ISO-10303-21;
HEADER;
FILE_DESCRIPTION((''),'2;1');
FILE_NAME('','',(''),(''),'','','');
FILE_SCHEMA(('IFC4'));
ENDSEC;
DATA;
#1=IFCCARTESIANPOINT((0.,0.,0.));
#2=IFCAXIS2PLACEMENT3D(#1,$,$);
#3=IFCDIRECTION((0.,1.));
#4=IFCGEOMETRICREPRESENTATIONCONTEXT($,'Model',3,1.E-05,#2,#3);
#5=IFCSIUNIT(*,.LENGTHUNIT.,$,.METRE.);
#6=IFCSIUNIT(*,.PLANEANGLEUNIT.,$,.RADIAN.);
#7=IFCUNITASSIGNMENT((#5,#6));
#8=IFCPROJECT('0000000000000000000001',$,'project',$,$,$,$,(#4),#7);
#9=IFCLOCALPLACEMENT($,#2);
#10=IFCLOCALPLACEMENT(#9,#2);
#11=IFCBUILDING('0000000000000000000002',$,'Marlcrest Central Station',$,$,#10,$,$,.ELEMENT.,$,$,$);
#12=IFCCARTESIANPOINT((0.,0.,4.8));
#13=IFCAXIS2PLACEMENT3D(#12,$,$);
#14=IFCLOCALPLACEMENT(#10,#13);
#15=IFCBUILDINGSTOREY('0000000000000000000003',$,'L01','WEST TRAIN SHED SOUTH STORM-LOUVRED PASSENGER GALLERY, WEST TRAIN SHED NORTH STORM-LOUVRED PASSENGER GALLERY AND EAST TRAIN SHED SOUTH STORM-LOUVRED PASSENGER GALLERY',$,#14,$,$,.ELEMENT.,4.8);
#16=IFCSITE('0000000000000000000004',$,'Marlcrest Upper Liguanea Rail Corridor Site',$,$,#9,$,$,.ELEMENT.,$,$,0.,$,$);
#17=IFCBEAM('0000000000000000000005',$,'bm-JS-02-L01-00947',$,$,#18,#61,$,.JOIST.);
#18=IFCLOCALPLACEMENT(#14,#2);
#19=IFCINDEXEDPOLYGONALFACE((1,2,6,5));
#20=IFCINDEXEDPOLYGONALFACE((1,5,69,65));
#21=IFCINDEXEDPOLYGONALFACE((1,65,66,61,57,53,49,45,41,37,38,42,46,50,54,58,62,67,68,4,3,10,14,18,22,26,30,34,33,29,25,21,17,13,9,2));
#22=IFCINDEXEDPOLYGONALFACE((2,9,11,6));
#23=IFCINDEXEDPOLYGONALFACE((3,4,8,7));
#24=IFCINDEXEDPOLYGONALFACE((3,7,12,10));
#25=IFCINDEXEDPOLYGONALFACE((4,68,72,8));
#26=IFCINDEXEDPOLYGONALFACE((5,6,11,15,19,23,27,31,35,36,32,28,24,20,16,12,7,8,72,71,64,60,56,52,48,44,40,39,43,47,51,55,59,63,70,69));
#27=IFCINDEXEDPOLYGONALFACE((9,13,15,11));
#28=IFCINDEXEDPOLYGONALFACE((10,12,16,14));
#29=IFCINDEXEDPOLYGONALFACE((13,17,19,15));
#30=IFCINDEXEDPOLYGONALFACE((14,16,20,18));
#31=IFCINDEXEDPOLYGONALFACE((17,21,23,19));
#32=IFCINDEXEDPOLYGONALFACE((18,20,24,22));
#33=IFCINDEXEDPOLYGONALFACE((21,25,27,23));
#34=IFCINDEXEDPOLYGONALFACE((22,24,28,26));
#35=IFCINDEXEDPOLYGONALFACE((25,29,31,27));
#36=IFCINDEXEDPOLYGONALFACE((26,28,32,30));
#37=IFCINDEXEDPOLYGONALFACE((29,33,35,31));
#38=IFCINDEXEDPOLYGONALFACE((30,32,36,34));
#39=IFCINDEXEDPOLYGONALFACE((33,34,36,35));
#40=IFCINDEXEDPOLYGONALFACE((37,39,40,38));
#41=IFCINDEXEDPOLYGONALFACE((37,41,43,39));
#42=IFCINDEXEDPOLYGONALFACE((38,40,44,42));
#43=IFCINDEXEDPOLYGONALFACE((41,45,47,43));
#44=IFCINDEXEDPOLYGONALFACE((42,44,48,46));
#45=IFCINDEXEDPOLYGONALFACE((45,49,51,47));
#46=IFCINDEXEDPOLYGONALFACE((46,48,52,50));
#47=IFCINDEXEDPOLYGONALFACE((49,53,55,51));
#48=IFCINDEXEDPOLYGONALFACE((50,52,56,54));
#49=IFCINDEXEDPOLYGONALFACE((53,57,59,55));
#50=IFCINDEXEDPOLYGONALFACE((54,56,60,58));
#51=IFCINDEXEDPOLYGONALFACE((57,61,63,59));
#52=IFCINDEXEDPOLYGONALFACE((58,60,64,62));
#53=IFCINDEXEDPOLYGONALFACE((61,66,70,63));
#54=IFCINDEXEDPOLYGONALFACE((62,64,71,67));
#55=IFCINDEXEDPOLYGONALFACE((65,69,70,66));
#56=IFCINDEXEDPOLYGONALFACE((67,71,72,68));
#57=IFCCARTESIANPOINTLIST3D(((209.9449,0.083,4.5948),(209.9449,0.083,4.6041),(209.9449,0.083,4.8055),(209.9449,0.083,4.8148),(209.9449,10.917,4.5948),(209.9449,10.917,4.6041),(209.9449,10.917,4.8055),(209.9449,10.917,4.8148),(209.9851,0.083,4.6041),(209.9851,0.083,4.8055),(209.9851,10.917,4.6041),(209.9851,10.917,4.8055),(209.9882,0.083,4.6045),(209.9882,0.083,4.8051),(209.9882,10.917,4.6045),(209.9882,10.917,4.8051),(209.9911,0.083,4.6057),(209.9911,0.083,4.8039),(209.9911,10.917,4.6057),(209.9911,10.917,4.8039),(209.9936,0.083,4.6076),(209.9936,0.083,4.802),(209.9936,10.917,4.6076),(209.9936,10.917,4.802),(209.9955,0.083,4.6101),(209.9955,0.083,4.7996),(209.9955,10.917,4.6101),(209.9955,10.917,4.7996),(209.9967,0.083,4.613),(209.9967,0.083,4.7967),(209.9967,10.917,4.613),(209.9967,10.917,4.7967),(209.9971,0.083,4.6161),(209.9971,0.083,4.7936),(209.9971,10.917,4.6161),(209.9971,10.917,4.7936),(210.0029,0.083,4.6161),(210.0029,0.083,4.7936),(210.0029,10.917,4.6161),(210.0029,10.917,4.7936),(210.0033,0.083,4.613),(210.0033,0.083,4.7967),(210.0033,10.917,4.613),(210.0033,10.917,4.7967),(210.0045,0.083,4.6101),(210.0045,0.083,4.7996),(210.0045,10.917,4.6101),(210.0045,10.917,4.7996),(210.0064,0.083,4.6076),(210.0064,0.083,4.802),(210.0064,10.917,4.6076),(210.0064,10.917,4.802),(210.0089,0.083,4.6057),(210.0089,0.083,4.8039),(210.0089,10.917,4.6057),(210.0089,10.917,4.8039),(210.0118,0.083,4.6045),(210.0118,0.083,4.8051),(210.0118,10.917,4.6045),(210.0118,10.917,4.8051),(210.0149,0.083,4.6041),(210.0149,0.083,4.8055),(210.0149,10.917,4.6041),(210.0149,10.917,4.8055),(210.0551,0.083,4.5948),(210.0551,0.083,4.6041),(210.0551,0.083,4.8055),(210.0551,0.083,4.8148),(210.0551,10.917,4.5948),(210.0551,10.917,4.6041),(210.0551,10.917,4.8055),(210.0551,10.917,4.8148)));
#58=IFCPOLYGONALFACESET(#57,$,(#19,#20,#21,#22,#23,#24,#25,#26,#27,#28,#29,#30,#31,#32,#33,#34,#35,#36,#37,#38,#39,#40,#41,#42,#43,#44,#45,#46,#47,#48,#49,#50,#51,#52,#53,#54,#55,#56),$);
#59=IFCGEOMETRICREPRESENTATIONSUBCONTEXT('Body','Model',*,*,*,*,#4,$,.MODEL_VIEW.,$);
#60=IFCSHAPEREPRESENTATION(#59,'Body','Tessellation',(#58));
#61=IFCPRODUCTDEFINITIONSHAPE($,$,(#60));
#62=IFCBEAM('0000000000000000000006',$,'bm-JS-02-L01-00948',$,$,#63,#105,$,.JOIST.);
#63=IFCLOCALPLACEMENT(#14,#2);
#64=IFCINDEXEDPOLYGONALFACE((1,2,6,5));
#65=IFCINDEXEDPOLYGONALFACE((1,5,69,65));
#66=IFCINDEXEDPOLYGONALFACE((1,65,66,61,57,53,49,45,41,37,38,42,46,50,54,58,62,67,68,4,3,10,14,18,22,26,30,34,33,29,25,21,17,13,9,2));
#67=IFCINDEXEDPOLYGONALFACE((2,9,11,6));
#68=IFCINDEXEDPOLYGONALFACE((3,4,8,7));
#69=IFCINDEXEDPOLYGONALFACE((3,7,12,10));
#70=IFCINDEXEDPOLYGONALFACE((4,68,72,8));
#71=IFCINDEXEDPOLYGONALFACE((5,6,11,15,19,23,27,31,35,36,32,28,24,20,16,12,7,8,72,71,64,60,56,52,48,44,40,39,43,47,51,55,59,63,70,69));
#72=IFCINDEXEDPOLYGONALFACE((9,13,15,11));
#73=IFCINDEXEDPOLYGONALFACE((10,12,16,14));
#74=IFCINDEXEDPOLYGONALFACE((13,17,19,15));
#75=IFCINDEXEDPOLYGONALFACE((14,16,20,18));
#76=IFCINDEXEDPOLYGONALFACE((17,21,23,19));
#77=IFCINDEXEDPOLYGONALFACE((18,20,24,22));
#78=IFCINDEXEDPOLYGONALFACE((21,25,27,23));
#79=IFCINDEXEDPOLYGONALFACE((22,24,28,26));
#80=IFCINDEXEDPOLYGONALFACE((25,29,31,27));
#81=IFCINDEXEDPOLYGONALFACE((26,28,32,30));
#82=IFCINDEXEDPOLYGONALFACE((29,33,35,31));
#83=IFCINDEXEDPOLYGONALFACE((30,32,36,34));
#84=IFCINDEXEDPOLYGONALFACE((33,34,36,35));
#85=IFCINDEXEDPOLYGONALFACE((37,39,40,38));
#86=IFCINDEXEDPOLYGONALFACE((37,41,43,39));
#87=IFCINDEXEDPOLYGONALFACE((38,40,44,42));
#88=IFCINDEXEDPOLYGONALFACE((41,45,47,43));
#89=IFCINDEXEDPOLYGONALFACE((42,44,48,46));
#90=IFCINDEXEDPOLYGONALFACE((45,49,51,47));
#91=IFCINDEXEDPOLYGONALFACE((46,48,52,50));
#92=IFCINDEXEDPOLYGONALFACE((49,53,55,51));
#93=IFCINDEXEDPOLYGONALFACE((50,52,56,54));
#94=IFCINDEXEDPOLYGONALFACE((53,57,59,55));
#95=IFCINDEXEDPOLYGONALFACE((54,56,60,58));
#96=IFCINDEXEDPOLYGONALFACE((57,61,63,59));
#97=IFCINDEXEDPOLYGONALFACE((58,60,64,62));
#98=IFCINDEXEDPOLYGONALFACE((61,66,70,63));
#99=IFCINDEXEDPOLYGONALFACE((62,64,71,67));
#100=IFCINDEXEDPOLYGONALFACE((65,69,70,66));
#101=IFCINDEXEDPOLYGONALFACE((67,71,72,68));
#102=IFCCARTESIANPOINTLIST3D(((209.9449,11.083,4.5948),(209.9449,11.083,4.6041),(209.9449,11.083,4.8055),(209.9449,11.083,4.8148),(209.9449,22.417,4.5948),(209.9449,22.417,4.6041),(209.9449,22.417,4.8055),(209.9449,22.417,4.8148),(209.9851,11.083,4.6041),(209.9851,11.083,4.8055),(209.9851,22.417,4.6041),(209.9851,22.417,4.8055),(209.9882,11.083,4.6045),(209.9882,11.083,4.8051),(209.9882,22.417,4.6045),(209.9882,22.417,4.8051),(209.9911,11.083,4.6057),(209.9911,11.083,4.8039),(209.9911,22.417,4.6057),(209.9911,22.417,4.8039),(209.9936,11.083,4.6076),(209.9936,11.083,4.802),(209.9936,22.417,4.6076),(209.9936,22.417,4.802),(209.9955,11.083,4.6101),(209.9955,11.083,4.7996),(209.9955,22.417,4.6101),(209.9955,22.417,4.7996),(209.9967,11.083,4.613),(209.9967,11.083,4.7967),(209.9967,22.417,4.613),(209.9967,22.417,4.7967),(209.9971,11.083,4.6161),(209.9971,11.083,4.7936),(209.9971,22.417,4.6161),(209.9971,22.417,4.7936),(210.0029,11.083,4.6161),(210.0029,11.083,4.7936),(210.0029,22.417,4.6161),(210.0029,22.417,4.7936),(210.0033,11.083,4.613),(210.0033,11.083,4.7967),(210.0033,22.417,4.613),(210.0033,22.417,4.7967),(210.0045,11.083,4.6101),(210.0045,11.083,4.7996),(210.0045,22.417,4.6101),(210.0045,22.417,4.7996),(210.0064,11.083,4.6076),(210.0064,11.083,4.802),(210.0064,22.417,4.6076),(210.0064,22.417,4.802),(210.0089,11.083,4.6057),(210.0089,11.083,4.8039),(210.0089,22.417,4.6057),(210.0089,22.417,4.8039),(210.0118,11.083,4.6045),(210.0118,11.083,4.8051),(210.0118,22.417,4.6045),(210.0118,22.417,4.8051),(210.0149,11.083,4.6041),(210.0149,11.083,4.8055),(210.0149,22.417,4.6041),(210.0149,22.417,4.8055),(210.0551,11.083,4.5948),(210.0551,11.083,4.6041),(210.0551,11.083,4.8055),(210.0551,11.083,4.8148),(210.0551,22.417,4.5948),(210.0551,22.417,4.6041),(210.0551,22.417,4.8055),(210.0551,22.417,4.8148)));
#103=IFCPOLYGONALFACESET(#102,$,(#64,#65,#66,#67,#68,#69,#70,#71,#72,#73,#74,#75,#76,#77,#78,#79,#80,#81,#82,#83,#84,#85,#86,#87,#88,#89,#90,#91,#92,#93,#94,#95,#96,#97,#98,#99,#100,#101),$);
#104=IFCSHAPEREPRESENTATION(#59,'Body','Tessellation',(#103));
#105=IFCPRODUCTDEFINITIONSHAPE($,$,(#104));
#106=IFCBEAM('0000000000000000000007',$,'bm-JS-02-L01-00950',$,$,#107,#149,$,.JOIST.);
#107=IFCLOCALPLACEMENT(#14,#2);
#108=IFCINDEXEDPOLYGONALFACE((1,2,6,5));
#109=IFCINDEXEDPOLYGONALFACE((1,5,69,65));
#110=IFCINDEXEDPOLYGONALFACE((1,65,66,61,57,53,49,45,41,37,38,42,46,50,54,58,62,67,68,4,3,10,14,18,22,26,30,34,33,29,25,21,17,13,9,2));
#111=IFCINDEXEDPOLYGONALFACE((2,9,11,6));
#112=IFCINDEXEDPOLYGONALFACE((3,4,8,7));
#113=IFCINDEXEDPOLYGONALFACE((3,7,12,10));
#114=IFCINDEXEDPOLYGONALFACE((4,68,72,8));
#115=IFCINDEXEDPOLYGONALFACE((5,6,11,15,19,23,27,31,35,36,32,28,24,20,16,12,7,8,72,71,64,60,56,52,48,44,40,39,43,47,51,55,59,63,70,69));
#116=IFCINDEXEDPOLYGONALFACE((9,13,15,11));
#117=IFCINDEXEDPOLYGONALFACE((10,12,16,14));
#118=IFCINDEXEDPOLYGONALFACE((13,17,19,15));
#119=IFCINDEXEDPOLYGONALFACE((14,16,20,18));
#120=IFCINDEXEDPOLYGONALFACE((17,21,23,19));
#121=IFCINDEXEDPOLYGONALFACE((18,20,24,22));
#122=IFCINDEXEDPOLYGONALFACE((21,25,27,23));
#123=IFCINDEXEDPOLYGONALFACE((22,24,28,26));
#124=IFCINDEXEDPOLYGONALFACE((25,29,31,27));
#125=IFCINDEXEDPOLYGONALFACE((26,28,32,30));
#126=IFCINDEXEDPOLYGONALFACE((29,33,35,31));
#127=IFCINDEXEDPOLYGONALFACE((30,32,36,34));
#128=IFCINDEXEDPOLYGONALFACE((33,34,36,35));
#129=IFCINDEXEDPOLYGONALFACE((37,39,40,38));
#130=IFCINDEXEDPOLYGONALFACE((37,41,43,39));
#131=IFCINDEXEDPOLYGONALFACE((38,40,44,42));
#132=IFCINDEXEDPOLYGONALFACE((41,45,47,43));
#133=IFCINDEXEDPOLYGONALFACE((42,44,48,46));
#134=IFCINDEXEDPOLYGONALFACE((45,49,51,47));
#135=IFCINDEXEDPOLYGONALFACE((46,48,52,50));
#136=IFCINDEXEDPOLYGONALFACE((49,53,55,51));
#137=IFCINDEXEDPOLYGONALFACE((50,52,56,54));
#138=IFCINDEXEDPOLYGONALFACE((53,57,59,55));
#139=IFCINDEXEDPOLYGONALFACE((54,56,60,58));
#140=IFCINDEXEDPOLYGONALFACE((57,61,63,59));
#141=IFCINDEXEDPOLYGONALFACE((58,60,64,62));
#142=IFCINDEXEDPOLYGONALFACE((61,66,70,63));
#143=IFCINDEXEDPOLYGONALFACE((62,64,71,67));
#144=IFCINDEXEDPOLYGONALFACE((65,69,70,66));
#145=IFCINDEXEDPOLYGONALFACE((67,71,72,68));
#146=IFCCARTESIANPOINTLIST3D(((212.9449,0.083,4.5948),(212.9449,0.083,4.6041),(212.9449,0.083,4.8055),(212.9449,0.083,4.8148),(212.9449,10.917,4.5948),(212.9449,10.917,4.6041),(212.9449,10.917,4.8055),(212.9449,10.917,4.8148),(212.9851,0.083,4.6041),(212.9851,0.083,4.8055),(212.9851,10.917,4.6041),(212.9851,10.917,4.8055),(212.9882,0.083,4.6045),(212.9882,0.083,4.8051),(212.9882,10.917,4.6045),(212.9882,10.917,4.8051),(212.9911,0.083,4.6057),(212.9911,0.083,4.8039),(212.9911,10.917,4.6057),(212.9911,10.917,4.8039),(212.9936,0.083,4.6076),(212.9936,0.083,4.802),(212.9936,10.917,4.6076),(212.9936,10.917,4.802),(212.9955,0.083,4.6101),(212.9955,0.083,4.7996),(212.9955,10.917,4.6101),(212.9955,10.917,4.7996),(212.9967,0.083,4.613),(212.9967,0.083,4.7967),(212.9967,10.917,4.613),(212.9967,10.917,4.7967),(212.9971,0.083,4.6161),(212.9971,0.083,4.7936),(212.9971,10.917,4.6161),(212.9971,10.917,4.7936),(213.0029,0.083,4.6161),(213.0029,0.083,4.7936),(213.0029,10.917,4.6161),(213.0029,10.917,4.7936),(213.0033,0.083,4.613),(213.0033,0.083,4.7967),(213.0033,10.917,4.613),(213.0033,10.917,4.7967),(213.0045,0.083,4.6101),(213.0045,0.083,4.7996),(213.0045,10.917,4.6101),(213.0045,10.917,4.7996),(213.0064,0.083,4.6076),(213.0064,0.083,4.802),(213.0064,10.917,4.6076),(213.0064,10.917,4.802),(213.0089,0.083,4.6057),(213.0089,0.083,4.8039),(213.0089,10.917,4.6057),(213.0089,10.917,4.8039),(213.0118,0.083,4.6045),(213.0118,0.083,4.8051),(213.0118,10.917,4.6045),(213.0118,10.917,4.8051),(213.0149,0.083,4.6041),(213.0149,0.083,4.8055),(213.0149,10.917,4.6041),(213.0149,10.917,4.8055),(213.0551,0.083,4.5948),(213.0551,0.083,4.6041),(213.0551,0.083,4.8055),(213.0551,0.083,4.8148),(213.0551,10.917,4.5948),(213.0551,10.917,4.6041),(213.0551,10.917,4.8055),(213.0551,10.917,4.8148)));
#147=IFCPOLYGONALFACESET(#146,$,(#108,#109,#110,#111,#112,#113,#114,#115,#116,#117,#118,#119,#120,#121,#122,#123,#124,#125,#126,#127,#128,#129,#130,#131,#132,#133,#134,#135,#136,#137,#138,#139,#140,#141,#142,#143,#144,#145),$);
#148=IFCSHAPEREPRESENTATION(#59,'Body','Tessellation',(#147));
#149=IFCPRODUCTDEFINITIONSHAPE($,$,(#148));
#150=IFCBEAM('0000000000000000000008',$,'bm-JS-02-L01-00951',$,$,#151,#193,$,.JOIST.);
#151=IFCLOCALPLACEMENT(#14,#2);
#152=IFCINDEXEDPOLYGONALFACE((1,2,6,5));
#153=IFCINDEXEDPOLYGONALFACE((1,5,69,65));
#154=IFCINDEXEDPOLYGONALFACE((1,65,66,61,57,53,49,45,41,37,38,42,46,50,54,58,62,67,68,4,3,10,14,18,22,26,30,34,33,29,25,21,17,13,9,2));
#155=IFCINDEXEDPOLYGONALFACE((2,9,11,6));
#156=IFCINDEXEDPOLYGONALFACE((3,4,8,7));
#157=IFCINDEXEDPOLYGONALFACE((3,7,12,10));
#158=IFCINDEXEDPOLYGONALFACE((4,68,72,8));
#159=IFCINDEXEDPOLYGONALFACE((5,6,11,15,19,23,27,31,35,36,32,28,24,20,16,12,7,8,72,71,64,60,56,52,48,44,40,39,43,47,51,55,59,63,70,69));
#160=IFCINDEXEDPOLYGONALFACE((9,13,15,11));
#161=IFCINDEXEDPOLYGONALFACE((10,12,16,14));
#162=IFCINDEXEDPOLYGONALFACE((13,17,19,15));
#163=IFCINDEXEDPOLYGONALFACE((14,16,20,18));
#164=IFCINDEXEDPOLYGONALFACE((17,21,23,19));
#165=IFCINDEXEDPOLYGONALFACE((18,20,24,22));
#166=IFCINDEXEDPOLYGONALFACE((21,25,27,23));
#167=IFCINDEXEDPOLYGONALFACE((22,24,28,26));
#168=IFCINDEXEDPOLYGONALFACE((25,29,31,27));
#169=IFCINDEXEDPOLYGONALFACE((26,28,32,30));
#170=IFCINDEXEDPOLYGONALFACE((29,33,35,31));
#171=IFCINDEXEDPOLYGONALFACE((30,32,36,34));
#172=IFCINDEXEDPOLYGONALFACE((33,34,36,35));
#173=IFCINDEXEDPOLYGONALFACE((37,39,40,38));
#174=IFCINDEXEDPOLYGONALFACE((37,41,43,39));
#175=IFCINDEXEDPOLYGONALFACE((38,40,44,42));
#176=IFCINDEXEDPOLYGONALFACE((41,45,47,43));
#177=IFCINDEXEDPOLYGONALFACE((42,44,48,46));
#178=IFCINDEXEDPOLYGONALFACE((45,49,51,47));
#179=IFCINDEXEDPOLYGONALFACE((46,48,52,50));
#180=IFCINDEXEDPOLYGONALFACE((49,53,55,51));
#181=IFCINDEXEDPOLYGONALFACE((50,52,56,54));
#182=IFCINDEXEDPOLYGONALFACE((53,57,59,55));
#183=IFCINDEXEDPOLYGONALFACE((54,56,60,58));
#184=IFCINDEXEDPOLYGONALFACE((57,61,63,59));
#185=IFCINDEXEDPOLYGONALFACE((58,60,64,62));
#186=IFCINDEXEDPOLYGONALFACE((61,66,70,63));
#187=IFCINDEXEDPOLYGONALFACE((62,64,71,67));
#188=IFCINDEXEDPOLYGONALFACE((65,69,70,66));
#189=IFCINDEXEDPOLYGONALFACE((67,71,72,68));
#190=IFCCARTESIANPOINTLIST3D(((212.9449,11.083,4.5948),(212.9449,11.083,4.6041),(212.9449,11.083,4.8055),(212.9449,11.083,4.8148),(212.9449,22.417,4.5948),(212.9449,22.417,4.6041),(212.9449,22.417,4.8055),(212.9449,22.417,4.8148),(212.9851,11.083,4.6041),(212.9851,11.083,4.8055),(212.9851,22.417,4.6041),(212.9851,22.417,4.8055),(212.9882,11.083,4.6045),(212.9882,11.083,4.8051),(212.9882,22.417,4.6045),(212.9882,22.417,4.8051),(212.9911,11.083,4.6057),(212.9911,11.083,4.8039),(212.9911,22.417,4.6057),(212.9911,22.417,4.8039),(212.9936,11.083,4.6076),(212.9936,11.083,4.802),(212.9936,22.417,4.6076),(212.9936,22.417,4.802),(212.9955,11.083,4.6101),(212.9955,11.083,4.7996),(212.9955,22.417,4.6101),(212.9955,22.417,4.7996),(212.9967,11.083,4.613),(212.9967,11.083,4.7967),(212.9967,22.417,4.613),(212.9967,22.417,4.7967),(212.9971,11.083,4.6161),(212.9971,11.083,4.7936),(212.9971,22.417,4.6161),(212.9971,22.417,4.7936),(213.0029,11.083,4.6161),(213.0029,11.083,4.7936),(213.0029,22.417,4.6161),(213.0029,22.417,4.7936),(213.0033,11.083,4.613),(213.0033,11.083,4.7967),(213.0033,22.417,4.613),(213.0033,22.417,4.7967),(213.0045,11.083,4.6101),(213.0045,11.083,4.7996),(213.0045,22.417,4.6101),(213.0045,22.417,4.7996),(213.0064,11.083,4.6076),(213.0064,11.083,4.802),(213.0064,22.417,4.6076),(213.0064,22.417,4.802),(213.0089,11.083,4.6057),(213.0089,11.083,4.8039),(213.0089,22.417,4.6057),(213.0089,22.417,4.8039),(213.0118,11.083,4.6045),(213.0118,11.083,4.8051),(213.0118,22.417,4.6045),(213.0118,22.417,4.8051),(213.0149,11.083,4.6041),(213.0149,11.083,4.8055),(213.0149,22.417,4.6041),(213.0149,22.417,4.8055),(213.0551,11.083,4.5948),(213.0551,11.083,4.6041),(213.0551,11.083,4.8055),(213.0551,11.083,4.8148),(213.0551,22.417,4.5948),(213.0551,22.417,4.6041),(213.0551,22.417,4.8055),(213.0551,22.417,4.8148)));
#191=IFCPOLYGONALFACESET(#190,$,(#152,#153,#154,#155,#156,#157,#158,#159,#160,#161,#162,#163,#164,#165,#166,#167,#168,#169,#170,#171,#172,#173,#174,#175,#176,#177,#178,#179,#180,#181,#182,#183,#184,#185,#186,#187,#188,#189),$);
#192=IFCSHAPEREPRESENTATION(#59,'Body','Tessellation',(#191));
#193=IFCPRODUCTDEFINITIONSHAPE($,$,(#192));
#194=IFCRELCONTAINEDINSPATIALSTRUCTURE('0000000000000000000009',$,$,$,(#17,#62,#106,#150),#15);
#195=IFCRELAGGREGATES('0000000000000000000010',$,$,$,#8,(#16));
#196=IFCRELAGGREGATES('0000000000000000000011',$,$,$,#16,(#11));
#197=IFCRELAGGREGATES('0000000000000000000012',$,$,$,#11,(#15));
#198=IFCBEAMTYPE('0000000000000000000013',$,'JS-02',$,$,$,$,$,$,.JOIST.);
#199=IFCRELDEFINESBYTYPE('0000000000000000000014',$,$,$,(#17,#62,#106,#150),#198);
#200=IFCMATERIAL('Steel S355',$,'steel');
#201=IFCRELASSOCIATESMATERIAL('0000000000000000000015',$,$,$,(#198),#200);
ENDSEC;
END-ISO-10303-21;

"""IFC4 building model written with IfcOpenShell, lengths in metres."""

from ifc_helpers import new_model, si_unit, direction, frame, origin, origin_2d, place, context, subcontext, project, spatial, i_section, extrude, material, material_profile, profile_set, type_object, element, save


model = new_model("IFC4")

# Units and contexts
model_context = context("Model", 3, precision=1e-05, world=origin(), true_north=direction((0.0, 1.0)))
body_context = subcontext(model_context, "Body", "Model", "MODEL_VIEW")
ifc_project = project(units=[si_unit("LENGTHUNIT", "METRE"), si_unit("PLANEANGLEUNIT", "RADIAN")], contexts=[model_context])

# Site, building, storey
site_placement = place(None, origin())
site = spatial("IfcSite", under=ifc_project, at=site_placement, Name="Marlcrest Upper Liguanea Rail Corridor Site", CompositionType="ELEMENT", RefElevation=0.0)
building_placement = place(site_placement, origin())
building = spatial("IfcBuilding", under=site, at=building_placement, Name="Marlcrest Central Station", CompositionType="ELEMENT")
storey_placement = place(building_placement, frame((0.0, 0.0, 4.8)))
storey = spatial("IfcBuildingStorey", under=building, at=storey_placement, Name="L01", Description="WEST TRAIN SHED SOUTH STORM-LOUVRED PASSENGER GALLERY, WEST TRAIN SHED NORTH STORM-LOUVRED PASSENGER GALLERY AND EAST TRAIN SHED SOUTH STORM-LOUVRED PASSENGER GALLERY", CompositionType="ELEMENT", Elevation=4.8)

# Shared definitions
ifc_material_1 = material(Name="Steel S355", Category="steel")

# Beams
ifc_material_profile_1 = material_profile(ifc_material_1, i_section(OverallWidth=0.1101, OverallDepth=0.22, WebThickness=0.0059, FlangeThickness=0.0093, FilletRadius=0.012, at=origin_2d()), Name="IPE 220")
ifc_profile_set_1 = profile_set([ifc_material_profile_1], Name="Steel S355")
beam_type_1 = type_object("IfcBeamType", Name="JS-02", PredefinedType="JOIST", material=ifc_profile_set_1)
beam_1_placement = place(storey_placement, frame((210.0, 0.083, 4.7048), z_axis=(0.0, 1.0, 0.0), x_axis=(-1.0, 0.0, 0.0)))
element("IfcBeam", 1, at=beam_1_placement, inside=storey, type_object=beam_type_1, Name="bm-JS-02-L01-00947", PredefinedType="JOIST", context=body_context, shape_type="SweptSolid", body=[
    extrude(i_section(OverallWidth=0.1101, OverallDepth=0.22, WebThickness=0.0059, FlangeThickness=0.0093, FilletRadius=0.012, at=origin_2d()), origin(), (0.0, 0.0, 1.0), 10.834),
])
beam_2_placement = place(storey_placement, frame((210.0, 11.083, 4.7048), z_axis=(0.0, 1.0, 0.0), x_axis=(-1.0, 0.0, 0.0)))
element("IfcBeam", 2, at=beam_2_placement, inside=storey, type_object=beam_type_1, Name="bm-JS-02-L01-00948", PredefinedType="JOIST", context=body_context, shape_type="SweptSolid", body=[
    extrude(i_section(OverallWidth=0.1101, OverallDepth=0.22, WebThickness=0.0059, FlangeThickness=0.0093, FilletRadius=0.012, at=origin_2d()), origin(), (0.0, 0.0, 1.0), 11.334),
])
beam_3_placement = place(storey_placement, frame((213.0, 0.083, 4.7048), z_axis=(0.0, 1.0, 0.0), x_axis=(-1.0, 0.0, 0.0)))
element("IfcBeam", 3, at=beam_3_placement, inside=storey, type_object=beam_type_1, Name="bm-JS-02-L01-00950", PredefinedType="JOIST", context=body_context, shape_type="SweptSolid", body=[
    extrude(i_section(OverallWidth=0.1101, OverallDepth=0.22, WebThickness=0.0059, FlangeThickness=0.0093, FilletRadius=0.012, at=origin_2d()), origin(), (0.0, 0.0, 1.0), 10.834),
])
beam_4_placement = place(storey_placement, frame((213.0, 11.083, 4.7048), z_axis=(0.0, 1.0, 0.0), x_axis=(-1.0, 0.0, 0.0)))
element("IfcBeam", 4, at=beam_4_placement, inside=storey, type_object=beam_type_1, Name="bm-JS-02-L01-00951", PredefinedType="JOIST", context=body_context, shape_type="SweptSolid", body=[
    extrude(i_section(OverallWidth=0.1101, OverallDepth=0.22, WebThickness=0.0059, FlangeThickness=0.0093, FilletRadius=0.012, at=origin_2d()), origin(), (0.0, 0.0, 1.0), 11.334),
])

save(model, "model.ifc")
